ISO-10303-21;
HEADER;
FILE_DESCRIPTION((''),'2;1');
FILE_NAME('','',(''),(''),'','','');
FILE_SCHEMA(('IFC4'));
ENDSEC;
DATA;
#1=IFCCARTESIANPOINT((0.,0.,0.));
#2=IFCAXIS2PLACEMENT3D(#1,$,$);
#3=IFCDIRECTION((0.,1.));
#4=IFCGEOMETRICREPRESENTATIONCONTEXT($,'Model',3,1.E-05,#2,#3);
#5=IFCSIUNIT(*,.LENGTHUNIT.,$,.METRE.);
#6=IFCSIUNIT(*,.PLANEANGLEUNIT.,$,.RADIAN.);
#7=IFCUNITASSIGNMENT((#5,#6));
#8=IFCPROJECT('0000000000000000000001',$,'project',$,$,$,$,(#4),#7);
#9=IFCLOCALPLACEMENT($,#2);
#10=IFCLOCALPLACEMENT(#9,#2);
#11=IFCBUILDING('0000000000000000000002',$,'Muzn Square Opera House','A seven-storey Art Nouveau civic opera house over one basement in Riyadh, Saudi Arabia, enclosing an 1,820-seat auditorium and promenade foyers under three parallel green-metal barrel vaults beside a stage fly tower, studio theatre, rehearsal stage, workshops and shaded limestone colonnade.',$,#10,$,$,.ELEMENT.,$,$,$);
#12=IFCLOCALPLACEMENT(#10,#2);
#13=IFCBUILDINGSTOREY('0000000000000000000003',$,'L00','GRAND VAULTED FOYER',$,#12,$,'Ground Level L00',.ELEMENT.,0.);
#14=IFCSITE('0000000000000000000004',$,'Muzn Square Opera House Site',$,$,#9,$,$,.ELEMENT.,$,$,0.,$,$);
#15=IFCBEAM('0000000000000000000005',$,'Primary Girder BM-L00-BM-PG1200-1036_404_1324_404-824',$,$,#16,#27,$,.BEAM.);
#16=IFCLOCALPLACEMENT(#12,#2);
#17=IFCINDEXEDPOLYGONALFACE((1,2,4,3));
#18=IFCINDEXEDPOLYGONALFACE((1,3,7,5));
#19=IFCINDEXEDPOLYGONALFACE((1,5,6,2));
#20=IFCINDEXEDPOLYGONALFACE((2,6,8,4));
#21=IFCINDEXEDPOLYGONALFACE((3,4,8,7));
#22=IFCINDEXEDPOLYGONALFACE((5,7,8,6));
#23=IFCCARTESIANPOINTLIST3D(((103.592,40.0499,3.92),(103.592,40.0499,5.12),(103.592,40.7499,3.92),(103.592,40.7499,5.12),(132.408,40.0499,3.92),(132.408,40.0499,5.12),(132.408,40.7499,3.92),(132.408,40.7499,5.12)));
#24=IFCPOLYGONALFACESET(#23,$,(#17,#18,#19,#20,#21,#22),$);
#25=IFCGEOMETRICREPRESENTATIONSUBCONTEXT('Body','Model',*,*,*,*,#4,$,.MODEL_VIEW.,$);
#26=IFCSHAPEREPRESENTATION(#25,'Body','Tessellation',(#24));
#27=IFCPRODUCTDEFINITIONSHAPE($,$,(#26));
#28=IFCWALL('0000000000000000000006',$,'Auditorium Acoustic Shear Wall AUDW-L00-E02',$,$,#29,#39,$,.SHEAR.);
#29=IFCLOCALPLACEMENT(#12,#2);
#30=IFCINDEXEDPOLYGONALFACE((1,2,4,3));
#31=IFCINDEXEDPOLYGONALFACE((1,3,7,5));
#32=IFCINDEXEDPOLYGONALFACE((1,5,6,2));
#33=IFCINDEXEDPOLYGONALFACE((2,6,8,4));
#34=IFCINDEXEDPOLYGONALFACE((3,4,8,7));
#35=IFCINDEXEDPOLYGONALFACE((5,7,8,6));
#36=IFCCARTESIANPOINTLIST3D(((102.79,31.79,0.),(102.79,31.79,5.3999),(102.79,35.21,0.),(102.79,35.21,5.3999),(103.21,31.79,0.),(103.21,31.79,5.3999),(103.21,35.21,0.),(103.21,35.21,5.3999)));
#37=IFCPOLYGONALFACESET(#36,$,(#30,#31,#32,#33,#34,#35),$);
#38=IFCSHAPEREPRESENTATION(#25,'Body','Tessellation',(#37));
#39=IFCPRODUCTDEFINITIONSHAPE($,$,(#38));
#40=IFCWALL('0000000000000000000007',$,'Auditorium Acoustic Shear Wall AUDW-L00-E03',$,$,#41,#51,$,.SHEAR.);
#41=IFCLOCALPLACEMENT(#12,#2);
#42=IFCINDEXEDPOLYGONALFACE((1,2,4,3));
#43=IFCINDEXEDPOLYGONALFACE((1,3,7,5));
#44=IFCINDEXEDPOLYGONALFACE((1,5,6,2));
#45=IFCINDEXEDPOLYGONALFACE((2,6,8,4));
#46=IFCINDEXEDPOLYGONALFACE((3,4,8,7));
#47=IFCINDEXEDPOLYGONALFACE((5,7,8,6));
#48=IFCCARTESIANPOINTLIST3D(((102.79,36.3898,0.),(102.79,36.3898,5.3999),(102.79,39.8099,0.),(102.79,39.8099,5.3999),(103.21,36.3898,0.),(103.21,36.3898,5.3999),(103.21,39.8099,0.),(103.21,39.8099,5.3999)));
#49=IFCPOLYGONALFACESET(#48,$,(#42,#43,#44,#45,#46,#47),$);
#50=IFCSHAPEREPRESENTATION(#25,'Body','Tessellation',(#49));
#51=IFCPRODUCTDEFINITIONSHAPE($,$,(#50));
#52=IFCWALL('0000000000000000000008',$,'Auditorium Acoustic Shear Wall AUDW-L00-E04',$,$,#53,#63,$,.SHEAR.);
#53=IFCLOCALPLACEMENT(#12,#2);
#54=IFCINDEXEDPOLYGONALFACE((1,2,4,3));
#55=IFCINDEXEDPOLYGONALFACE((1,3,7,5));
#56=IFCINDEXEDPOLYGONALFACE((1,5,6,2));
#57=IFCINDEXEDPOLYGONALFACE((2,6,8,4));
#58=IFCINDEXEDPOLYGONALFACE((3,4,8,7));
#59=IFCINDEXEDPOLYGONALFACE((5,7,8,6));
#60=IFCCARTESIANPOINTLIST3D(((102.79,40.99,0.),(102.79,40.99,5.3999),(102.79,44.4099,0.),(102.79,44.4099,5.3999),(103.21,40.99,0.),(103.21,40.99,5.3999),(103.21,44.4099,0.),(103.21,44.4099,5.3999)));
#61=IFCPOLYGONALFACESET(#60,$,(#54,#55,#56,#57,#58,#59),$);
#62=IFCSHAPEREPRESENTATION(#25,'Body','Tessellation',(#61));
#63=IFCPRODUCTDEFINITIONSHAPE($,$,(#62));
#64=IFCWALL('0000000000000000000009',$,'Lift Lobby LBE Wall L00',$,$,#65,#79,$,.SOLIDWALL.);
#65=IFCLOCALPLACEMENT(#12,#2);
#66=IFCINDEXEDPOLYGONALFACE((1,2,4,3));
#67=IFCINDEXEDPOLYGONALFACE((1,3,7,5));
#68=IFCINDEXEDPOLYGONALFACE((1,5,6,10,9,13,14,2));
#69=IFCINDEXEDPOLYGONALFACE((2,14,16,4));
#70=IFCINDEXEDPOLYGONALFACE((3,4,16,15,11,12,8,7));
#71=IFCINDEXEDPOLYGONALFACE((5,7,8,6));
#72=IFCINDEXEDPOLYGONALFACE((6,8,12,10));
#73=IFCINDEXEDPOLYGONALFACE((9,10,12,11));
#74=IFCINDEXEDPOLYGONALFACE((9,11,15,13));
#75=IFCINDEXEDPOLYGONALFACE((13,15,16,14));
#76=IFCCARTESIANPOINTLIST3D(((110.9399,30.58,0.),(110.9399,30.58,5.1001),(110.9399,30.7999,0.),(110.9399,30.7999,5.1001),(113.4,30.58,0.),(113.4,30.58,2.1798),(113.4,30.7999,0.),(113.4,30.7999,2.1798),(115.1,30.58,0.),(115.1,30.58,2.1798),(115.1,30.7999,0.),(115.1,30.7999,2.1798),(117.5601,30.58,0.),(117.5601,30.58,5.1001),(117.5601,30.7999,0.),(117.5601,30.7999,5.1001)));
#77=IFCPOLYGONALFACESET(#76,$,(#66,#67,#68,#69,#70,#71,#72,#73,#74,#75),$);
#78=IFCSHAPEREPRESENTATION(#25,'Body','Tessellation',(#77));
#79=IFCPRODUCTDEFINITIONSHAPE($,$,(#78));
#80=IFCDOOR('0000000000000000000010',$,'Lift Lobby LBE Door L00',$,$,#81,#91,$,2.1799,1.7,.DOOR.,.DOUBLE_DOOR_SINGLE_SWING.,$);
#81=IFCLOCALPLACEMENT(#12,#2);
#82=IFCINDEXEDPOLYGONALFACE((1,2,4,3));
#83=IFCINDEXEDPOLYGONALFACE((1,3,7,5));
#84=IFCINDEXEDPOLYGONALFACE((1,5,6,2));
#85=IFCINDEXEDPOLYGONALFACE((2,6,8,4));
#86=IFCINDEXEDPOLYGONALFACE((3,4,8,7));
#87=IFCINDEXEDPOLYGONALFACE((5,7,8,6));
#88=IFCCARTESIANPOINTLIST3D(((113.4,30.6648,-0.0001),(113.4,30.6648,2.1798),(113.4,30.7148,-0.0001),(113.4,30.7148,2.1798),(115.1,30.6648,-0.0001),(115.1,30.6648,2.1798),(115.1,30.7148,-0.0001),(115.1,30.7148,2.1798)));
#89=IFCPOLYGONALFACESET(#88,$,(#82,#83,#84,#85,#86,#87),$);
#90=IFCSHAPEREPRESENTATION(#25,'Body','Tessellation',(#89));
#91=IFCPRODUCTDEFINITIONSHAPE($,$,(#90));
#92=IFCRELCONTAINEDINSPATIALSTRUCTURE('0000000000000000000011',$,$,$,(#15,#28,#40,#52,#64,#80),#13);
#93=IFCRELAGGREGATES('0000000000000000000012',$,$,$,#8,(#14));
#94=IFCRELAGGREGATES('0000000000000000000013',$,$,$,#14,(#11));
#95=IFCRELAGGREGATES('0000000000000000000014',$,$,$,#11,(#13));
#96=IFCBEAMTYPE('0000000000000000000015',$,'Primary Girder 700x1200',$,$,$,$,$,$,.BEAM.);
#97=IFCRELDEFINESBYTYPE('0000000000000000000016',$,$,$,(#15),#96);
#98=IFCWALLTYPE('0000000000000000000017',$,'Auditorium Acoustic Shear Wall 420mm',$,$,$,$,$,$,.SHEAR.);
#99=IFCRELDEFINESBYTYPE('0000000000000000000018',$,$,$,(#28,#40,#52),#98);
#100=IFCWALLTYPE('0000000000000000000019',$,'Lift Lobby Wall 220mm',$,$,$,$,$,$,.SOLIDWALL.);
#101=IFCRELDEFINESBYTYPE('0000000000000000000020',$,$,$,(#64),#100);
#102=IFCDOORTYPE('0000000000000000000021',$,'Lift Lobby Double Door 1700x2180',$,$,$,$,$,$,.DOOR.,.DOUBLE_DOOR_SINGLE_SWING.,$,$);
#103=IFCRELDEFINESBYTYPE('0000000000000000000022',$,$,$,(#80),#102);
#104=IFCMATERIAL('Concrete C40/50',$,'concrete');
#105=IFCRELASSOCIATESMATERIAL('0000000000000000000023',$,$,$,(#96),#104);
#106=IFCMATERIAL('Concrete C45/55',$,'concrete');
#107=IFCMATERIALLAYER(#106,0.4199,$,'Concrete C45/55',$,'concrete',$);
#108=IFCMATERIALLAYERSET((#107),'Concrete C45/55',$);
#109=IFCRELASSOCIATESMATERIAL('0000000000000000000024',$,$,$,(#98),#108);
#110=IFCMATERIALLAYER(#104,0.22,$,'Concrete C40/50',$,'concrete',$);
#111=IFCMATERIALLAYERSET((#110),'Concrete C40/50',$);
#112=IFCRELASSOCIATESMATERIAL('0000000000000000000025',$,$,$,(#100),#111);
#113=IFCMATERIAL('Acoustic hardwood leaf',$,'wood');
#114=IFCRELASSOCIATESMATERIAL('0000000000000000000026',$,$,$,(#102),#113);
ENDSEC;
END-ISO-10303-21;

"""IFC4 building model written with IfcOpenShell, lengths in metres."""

from ifc_helpers import new_model, si_unit, direction, frame, frame_2d, origin, origin_2d, place, context, subcontext, project, spatial, rectangle, extrude, material, layer, layer_set, material_profile, profile_set, type_object, element, fill, save


model = new_model("IFC4")

# Units and contexts
model_context = context("Model", 3, precision=1e-05, world=origin(), true_north=direction((0.0, 1.0)))
body_context = subcontext(model_context, "Body", "Model", "MODEL_VIEW")
ifc_project = project(units=[si_unit("LENGTHUNIT", "METRE"), si_unit("PLANEANGLEUNIT", "RADIAN")], contexts=[model_context])

# Site, building, storey
site_placement = place(None, origin())
site = spatial("IfcSite", under=ifc_project, at=site_placement, Name="Muzn Square Opera House Site", CompositionType="ELEMENT", RefElevation=0.0)
building_placement = place(site_placement, origin())
building = spatial("IfcBuilding", under=site, at=building_placement, Name="Muzn Square Opera House", Description="A seven-storey Art Nouveau civic opera house over one basement in Riyadh, Saudi Arabia, enclosing an 1,820-seat auditorium and promenade foyers under three parallel green-metal barrel vaults beside a stage fly tower, studio theatre, rehearsal stage, workshops and shaded limestone colonnade.", CompositionType="ELEMENT")
storey_placement = place(building_placement, origin())
storey = spatial("IfcBuildingStorey", under=building, at=storey_placement, Name="L00", Description="GRAND VAULTED FOYER", LongName="Ground Level L00", CompositionType="ELEMENT", Elevation=0.0)

# Shared definitions
ifc_material_1 = material(Name="Concrete C45/55", Category="concrete")

# Beam
ifc_material_2 = material(Name="Concrete C40/50", Category="concrete")
ifc_material_profile_1 = material_profile(ifc_material_2, rectangle(XDim=0.7, YDim=1.2, at=origin_2d()), Name="RCB 700x1200", Category="concrete")
ifc_profile_set_1 = profile_set([ifc_material_profile_1], Name="Concrete C40/50")
beam_type_1 = type_object("IfcBeamType", Name="Primary Girder 700x1200", PredefinedType="BEAM", material=ifc_profile_set_1)
beam_1_placement = place(storey_placement, frame((103.592, 40.3999, 4.52), z_axis=(1.0, 0.0, 0.0), x_axis=(0.0, 1.0, 0.0)))
element("IfcBeam", 1, at=beam_1_placement, inside=storey, type_object=beam_type_1, Name="Primary Girder BM-L00-BM-PG1200-1036_404_1324_404-824", PredefinedType="BEAM", context=body_context, shape_type="SweptSolid", body=[
    extrude(rectangle(XDim=0.7, YDim=1.2, at=origin_2d()), origin(), (0.0, 0.0, 1.0), 28.8159),
])

# Walls
ifc_layer_1 = layer(ifc_material_1, 0.4199, Name="Concrete C45/55", Category="concrete")
ifc_layer_set_1 = layer_set([ifc_layer_1], Name="Concrete C45/55")
wall_type_1 = type_object("IfcWallType", Name="Auditorium Acoustic Shear Wall 420mm", PredefinedType="SHEAR", material=ifc_layer_set_1)
wall_1_placement = place(storey_placement, frame((103.0, 31.79, 0.0), z_axis=(0.0, 0.0, 1.0), x_axis=(0.0, 1.0, 0.0)))
element("IfcWall", 2, at=wall_1_placement, inside=storey, type_object=wall_type_1, Name="Auditorium Acoustic Shear Wall AUDW-L00-E02", PredefinedType="SHEAR", context=body_context, shape_type="SweptSolid", body=[
    extrude(rectangle(XDim=3.4199, YDim=0.4199, at=frame_2d((1.71, 0.0))), origin(), (0.0, 0.0, 1.0), 5.3999),
])
wall_2_placement = place(storey_placement, frame((103.0, 36.3899, 0.0), z_axis=(0.0, 0.0, 1.0), x_axis=(0.0, 1.0, 0.0)))
element("IfcWall", 3, at=wall_2_placement, inside=storey, type_object=wall_type_1, Name="Auditorium Acoustic Shear Wall AUDW-L00-E03", PredefinedType="SHEAR", context=body_context, shape_type="SweptSolid", body=[
    extrude(rectangle(XDim=3.4202, YDim=0.4199, at=frame_2d((1.71, 0.0))), origin(), (0.0, 0.0, 1.0), 5.3999),
])
wall_3_placement = place(storey_placement, frame((103.0, 40.99, 0.0), z_axis=(0.0, 0.0, 1.0), x_axis=(0.0, 1.0, 0.0)))
element("IfcWall", 4, at=wall_3_placement, inside=storey, type_object=wall_type_1, Name="Auditorium Acoustic Shear Wall AUDW-L00-E04", PredefinedType="SHEAR", context=body_context, shape_type="SweptSolid", body=[
    extrude(rectangle(XDim=3.4199, YDim=0.4199, at=frame_2d((1.71, 0.0))), origin(), (0.0, 0.0, 1.0), 5.3999),
])

# Wall, opening, door
ifc_layer_2 = layer(ifc_material_2, 0.22, Name="Concrete C40/50", Category="concrete")
ifc_layer_set_2 = layer_set([ifc_layer_2], Name="Concrete C40/50")
wall_type_2 = type_object("IfcWallType", Name="Lift Lobby Wall 220mm", PredefinedType="SOLIDWALL", material=ifc_layer_set_2)
wall_4_placement = place(storey_placement, frame((110.9399, 30.6899, 0.0), z_axis=(0.0, 0.0, 1.0), x_axis=(1.0, 0.0, 0.0)))
wall_4 = element("IfcWall", 5, at=wall_4_placement, inside=storey, type_object=wall_type_2, Name="Lift Lobby LBE Wall L00", PredefinedType="SOLIDWALL", context=body_context, shape_type="SweptSolid", body=[
    extrude(rectangle(XDim=6.6201, YDim=0.22, at=frame_2d((3.3101, 0.0))), origin(), (0.0, 0.0, 1.0), 5.1001),
])
opening_placement = place(wall_4_placement, frame((2.46, 0.0, 0.0)))
opening = element("IfcOpeningElement", 6, at=opening_placement, cuts=wall_4, PredefinedType="OPENING", context=body_context, shape_type="SweptSolid", body=[
    extrude(rectangle(XDim=1.7, YDim=2.1799, at=frame_2d((0.8501, 1.0898))), frame((0.0, 0.1199, 0.0), z_axis=(0.0, -1.0, 0.0), x_axis=(1.0, 0.0, 0.0)), (0.0, 0.0, 1.0), 0.24),
])
ifc_material_3 = material(Name="Acoustic hardwood leaf", Category="wood")
door_type = type_object("IfcDoorType", Name="Lift Lobby Double Door 1700x2180", OperationType="DOUBLE_DOOR_SINGLE_SWING", PredefinedType="DOOR", material=ifc_material_3)
door_placement = place(opening_placement, origin())
door = element("IfcDoor", 7, at=door_placement, inside=storey, type_object=door_type, Name="Lift Lobby LBE Door L00", OperationType="DOUBLE_DOOR_SINGLE_SWING", OverallHeight=2.1799, OverallWidth=1.7, PredefinedType="DOOR", context=body_context, shape_type="SweptSolid", body=[
    extrude(rectangle(XDim=1.7, YDim=2.1799, at=frame_2d((0.8501, 1.0898))), frame((0.0, 0.0249, 0.0), z_axis=(0.0, -1.0, 0.0), x_axis=(1.0, 0.0, 0.0)), (0.0, 0.0, 1.0), 0.05),
])
fill(opening, door)

save(model, "model.ifc")
